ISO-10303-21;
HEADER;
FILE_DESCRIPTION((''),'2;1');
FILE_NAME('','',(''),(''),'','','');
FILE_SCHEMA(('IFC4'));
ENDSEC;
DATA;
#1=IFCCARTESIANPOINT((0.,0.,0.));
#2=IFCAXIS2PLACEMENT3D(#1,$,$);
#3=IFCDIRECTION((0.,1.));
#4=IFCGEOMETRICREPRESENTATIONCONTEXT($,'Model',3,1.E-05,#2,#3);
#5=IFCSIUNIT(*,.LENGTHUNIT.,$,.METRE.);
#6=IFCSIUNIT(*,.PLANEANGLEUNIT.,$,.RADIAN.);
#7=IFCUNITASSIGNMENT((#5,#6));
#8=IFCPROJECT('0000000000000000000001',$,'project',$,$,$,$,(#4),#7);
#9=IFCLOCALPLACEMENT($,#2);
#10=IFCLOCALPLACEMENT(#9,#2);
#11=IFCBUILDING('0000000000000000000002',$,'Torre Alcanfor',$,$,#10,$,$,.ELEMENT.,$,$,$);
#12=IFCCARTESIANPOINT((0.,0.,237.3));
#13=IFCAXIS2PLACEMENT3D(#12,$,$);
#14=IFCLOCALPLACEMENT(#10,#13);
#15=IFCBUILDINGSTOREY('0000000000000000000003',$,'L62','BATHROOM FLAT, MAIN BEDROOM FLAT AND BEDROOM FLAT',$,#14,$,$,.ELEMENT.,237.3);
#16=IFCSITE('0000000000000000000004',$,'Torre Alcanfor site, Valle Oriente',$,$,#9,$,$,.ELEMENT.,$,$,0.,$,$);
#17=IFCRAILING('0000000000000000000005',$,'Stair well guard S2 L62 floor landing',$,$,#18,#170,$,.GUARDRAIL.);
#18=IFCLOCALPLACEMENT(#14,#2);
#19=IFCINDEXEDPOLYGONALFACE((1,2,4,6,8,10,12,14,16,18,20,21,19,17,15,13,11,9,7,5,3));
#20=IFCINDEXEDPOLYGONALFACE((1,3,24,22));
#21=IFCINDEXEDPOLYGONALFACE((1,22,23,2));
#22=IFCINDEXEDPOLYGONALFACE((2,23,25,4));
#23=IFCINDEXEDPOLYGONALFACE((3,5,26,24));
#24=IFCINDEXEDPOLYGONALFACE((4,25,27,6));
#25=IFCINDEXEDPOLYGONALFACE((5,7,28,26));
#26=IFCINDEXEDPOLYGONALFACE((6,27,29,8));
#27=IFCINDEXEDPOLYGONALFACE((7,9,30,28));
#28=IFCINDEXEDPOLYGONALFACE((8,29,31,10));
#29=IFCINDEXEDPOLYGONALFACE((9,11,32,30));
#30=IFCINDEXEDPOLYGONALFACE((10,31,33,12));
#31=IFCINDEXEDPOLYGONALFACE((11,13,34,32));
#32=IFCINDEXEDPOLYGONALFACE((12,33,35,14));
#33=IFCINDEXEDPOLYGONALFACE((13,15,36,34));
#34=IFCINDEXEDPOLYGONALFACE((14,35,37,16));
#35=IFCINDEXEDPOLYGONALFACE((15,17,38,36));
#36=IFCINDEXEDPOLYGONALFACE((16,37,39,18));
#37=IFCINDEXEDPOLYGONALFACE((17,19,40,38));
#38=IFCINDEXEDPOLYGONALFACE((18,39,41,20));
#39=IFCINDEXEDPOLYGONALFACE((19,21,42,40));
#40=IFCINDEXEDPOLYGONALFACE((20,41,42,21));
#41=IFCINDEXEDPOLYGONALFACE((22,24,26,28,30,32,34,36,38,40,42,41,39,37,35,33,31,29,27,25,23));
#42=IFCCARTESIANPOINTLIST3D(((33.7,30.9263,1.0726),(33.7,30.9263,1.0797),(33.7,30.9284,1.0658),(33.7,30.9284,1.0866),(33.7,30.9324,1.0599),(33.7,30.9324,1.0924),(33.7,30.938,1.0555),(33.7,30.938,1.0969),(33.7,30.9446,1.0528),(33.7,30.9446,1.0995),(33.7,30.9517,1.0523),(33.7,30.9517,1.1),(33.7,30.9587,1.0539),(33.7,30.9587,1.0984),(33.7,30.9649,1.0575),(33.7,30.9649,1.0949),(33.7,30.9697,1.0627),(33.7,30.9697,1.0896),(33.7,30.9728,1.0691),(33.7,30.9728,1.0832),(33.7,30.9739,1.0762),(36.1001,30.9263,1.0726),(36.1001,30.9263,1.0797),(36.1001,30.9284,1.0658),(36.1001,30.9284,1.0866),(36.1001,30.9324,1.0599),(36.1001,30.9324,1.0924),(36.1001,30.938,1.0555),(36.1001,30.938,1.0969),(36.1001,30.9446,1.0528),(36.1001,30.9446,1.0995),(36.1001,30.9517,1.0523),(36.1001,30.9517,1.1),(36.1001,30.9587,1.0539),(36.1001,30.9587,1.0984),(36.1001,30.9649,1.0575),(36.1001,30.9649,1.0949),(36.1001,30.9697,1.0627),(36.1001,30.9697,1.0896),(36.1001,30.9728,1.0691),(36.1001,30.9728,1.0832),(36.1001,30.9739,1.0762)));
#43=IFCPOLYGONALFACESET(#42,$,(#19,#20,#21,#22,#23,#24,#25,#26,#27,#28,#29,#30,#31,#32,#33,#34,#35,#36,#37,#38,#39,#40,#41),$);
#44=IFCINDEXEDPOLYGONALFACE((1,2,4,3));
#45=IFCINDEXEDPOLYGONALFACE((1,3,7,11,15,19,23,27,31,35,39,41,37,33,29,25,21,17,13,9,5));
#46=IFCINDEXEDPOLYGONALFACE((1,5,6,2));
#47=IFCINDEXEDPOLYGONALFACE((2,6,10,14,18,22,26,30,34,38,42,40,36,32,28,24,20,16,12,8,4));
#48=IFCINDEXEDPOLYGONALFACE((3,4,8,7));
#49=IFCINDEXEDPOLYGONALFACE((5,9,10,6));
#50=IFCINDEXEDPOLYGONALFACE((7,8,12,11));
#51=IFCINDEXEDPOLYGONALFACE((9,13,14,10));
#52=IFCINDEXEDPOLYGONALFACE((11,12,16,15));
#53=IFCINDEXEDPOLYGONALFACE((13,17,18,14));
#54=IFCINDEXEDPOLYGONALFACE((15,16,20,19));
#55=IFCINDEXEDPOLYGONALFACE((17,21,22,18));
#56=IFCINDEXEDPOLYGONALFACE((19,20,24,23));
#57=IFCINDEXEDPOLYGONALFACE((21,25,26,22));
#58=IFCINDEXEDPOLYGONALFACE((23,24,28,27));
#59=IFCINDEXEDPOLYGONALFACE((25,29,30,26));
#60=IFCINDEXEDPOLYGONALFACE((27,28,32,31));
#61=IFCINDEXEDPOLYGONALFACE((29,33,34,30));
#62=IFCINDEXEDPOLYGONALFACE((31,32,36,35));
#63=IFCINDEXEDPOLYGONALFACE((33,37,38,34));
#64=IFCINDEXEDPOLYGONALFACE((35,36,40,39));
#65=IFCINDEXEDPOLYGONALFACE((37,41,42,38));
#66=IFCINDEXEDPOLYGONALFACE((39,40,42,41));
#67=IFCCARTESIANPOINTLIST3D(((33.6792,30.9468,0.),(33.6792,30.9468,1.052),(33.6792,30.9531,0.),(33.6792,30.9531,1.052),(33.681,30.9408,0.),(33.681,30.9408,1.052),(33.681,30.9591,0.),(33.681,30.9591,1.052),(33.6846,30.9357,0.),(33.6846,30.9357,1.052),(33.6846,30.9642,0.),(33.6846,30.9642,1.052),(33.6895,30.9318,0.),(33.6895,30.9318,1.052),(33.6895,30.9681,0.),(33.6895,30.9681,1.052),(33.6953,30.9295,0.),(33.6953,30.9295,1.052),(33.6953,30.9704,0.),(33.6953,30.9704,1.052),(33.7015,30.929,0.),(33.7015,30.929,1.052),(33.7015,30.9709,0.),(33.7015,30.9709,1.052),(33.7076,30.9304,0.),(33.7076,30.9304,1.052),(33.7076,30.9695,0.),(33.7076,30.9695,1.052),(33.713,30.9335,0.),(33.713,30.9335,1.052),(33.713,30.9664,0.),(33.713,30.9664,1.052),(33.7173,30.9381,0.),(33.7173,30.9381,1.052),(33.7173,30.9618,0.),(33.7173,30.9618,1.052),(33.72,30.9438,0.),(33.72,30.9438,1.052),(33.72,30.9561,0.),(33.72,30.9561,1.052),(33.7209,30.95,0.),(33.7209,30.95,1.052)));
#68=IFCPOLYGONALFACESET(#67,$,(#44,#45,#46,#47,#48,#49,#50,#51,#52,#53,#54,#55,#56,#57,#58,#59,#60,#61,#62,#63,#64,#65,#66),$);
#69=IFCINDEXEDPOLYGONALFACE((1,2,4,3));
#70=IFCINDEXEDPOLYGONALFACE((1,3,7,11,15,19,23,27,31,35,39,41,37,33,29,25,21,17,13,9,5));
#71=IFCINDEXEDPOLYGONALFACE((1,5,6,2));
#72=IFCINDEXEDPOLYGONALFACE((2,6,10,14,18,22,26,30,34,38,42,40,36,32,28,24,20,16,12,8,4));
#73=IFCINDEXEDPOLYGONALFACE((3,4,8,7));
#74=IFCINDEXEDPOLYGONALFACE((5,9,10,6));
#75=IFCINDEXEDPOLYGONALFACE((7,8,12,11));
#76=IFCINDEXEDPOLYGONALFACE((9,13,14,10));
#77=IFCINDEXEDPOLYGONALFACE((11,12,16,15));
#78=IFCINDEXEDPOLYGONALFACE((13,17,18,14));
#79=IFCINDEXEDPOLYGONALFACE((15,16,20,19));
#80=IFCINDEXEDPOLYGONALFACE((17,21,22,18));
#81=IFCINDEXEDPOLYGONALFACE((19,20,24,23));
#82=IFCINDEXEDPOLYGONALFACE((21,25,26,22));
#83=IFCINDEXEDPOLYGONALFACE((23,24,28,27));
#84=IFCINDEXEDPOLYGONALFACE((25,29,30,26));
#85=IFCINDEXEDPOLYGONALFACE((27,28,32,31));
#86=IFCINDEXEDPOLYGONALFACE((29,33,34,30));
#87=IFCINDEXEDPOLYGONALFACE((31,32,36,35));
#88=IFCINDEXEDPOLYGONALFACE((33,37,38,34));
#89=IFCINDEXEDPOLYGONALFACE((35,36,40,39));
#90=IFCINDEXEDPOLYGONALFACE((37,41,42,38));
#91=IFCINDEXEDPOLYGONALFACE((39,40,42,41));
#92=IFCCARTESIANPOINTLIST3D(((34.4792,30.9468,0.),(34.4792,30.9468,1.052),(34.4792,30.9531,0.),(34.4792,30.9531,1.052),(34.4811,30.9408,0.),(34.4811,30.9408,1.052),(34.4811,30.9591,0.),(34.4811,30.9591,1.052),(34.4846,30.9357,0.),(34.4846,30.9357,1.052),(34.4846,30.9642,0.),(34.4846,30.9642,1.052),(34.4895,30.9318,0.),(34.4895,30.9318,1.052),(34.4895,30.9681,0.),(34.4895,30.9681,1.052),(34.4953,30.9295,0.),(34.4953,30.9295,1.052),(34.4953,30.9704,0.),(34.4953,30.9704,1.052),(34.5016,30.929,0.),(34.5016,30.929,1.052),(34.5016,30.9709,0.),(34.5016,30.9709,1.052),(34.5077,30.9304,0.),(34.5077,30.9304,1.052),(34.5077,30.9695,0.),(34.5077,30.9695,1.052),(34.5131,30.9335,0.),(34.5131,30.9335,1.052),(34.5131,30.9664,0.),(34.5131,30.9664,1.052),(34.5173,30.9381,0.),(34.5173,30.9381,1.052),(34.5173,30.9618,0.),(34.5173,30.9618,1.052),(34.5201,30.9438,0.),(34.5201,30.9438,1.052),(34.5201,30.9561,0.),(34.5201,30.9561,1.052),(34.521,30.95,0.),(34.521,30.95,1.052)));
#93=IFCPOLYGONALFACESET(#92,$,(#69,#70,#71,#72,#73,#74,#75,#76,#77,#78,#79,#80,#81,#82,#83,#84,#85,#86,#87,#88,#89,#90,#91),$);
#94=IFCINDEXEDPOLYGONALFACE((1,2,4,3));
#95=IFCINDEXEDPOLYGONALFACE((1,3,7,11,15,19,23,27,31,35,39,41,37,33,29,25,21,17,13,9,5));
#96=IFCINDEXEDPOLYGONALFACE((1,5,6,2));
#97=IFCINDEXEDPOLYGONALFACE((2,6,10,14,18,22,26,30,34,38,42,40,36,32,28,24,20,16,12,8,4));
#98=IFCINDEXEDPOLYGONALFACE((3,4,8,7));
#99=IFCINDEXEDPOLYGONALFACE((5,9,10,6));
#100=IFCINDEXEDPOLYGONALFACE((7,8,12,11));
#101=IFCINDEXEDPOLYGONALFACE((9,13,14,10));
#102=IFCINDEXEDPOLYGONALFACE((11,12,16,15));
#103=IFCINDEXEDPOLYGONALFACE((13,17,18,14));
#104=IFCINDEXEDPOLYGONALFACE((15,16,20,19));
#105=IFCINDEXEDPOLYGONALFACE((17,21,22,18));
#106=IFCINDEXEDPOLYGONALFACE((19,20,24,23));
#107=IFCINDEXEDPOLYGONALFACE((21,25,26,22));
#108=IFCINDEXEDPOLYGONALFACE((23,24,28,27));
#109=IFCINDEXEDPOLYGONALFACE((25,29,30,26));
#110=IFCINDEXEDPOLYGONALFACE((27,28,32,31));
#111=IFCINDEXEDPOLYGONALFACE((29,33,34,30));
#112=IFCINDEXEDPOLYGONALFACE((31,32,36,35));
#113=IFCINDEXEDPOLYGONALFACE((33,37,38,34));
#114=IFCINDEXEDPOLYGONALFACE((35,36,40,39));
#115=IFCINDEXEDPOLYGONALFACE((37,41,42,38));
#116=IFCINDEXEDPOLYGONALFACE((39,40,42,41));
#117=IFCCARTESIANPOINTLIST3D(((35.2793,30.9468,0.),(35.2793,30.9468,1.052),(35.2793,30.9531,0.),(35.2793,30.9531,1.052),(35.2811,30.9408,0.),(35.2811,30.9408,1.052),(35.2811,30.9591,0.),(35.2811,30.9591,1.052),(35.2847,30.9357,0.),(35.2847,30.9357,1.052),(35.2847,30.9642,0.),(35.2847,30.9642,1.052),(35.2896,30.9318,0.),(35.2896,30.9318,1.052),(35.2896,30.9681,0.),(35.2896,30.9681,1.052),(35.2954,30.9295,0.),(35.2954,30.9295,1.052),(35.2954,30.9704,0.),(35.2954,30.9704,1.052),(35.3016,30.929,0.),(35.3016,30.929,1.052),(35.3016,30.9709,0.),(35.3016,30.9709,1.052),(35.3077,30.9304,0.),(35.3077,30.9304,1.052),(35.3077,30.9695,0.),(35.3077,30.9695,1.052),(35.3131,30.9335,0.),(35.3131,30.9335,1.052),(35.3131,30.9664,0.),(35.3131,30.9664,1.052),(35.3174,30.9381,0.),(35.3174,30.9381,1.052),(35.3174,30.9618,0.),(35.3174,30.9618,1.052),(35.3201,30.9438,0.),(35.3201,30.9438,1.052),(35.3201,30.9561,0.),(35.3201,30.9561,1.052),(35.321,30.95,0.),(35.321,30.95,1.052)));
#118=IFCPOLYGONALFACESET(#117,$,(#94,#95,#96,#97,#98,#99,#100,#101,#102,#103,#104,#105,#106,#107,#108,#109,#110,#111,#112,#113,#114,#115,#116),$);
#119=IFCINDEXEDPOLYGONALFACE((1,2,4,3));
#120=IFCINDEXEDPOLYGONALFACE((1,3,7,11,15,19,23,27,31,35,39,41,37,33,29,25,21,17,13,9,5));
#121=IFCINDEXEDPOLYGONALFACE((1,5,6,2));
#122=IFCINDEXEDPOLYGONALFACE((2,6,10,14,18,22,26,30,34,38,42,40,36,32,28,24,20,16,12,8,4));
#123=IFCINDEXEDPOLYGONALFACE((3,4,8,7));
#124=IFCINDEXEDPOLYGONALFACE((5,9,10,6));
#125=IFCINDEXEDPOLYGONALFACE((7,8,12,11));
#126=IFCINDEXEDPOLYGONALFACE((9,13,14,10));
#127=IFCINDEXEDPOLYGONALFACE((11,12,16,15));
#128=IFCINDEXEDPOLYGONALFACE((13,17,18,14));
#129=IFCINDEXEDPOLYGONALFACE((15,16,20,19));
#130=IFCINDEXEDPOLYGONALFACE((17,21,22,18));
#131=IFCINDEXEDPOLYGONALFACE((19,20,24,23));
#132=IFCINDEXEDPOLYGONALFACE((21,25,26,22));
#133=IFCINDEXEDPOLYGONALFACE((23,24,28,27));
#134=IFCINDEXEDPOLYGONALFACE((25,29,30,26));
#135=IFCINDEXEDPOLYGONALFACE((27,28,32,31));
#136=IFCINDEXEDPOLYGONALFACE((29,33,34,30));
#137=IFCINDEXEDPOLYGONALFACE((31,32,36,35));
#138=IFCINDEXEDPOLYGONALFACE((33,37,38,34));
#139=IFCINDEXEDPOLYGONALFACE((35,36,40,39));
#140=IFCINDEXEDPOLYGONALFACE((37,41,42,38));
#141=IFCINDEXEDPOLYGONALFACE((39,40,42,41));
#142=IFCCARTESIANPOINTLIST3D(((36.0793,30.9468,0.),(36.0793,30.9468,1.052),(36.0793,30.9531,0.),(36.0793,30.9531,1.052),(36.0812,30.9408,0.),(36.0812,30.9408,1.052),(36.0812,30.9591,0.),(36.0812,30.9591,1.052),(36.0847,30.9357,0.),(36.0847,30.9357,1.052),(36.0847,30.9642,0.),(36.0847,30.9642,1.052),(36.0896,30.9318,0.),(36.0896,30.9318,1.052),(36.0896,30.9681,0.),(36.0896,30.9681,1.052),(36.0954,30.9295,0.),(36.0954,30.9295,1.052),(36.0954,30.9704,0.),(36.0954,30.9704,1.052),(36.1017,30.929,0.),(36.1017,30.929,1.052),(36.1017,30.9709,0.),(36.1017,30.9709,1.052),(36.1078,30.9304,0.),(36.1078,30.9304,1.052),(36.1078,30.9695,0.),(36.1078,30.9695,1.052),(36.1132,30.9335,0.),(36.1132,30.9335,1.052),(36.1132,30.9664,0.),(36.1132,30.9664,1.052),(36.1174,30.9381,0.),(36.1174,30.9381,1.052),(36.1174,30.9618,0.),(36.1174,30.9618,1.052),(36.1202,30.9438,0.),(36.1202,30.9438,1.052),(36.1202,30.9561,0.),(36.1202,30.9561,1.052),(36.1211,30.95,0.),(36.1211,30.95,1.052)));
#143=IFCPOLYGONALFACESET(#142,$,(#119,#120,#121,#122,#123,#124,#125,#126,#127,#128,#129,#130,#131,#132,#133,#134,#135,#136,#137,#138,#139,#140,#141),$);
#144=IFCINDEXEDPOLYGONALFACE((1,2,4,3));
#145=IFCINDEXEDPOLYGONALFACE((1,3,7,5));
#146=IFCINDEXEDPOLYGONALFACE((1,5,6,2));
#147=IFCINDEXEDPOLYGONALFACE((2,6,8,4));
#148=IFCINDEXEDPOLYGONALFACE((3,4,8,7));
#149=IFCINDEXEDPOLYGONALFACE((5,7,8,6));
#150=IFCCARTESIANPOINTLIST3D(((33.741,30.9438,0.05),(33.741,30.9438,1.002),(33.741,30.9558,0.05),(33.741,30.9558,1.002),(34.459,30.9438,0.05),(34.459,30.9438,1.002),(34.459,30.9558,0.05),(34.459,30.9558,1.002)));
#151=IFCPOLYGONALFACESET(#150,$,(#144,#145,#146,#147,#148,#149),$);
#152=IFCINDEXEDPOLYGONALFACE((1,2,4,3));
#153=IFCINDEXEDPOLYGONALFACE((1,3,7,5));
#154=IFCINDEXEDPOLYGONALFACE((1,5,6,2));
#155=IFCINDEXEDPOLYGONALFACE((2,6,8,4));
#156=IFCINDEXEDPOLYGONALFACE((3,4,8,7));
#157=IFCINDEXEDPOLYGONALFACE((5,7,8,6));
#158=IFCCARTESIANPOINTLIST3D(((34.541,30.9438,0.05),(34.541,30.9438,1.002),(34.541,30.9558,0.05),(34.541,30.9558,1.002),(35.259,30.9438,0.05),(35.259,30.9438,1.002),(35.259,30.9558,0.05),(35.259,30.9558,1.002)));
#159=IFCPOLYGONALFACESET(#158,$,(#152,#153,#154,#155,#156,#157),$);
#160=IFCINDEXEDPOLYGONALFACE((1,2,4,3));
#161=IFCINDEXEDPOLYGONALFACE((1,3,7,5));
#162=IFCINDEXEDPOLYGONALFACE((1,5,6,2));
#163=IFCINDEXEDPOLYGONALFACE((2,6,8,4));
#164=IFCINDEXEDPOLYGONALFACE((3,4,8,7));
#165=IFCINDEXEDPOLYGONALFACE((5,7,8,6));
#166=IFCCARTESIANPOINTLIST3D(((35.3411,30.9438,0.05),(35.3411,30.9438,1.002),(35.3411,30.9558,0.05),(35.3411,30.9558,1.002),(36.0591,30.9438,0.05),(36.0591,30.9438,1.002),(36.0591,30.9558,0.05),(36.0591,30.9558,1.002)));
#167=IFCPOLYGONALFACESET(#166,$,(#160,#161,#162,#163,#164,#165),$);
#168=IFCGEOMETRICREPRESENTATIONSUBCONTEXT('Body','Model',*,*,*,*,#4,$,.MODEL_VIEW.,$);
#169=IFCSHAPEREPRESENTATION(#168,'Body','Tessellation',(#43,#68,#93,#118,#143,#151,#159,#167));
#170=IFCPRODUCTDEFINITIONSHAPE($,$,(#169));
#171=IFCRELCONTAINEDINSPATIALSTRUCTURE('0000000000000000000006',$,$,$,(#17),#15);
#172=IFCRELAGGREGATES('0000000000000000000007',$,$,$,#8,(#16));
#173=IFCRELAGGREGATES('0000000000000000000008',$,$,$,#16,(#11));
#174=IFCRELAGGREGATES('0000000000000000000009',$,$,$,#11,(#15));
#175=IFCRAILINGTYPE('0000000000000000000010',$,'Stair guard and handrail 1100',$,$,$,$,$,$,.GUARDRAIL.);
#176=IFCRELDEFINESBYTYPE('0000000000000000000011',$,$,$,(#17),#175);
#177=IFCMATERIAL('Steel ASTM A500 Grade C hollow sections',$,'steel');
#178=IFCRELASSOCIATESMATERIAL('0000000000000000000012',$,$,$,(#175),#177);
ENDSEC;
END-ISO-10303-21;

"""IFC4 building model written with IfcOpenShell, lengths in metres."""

from ifc_helpers import new_model, si_unit, direction, frame, origin, origin_2d, place, context, subcontext, project, spatial, polyline, circle, outline, extrude, material, type_object, element, save


model = new_model("IFC4")

# Units and contexts
model_context = context("Model", 3, precision=1e-05, world=origin(), true_north=direction((0.0, 1.0)))
body_context = subcontext(model_context, "Body", "Model", "MODEL_VIEW")
ifc_project = project(units=[si_unit("LENGTHUNIT", "METRE"), si_unit("PLANEANGLEUNIT", "RADIAN")], contexts=[model_context])

# Site, building, storey
site_placement = place(None, origin())
site = spatial("IfcSite", under=ifc_project, at=site_placement, Name="Torre Alcanfor site, Valle Oriente", CompositionType="ELEMENT", RefElevation=0.0)
building_placement = place(site_placement, origin())
building = spatial("IfcBuilding", under=site, at=building_placement, Name="Torre Alcanfor", CompositionType="ELEMENT")
storey_placement = place(building_placement, frame((0.0, 0.0, 237.3)))
storey = spatial("IfcBuildingStorey", under=building, at=storey_placement, Name="L62", Description="BATHROOM FLAT, MAIN BEDROOM FLAT AND BEDROOM FLAT", CompositionType="ELEMENT", Elevation=237.3)

# Railing
ifc_material_1 = material(Name="Steel ASTM A500 Grade C hollow sections", Category="steel")
railing_type_1 = type_object("IfcRailingType", Name="Stair guard and handrail 1100", PredefinedType="GUARDRAIL", material=ifc_material_1)
for number, where, name in (
    (1, (33.7, 30.95, 0.0), "Stair well guard S2 L62 floor landing"),
):
    element("IfcRailing", number, at=place(storey_placement, frame(where)), inside=storey, type_object=railing_type_1, Name=name, PredefinedType="GUARDRAIL", context=body_context, shape_type="SweptSolid", body=[
        extrude(circle(Radius=0.0239, at=origin_2d()), frame((0.0, 0.0, 1.0762), z_axis=(1.0, 0.0, 0.0), x_axis=(0.0, 1.0, 0.0)), (0.0, 0.0, 1.0), 2.4001),
        extrude(circle(Radius=0.021, at=origin_2d()), origin(), (0.0, 0.0, 1.0), 1.052),
        extrude(circle(Radius=0.021, at=origin_2d()), frame((0.8, 0.0, 0.0)), (0.0, 0.0, 1.0), 1.052),
        extrude(circle(Radius=0.021, at=origin_2d()), frame((1.6001, 0.0, 0.0)), (0.0, 0.0, 1.0), 1.052),
        extrude(circle(Radius=0.021, at=origin_2d()), frame((2.4001, 0.0, 0.0)), (0.0, 0.0, 1.0), 1.052),
        extrude(outline(polyline([(0.041, 0.05), (0.759, 0.05), (0.759, 1.002), (0.041, 1.002), (0.041, 0.05)])), frame((0.0, 0.0059, 0.0), z_axis=(0.0, -1.0, 0.0), x_axis=(1.0, 0.0, 0.0)), (0.0, 0.0, 1.0), 0.012),
        extrude(outline(polyline([(0.8411, 0.05), (1.5591, 0.05), (1.5591, 1.002), (0.8411, 1.002), (0.8411, 0.05)])), frame((0.0, 0.0059, 0.0), z_axis=(0.0, -1.0, 0.0), x_axis=(1.0, 0.0, 0.0)), (0.0, 0.0, 1.0), 0.012),
        extrude(outline(polyline([(1.6411, 0.05), (2.3591, 0.05), (2.3591, 1.002), (1.6411, 1.002), (1.6411, 0.05)])), frame((0.0, 0.0059, 0.0), z_axis=(0.0, -1.0, 0.0), x_axis=(1.0, 0.0, 0.0)), (0.0, 0.0, 1.0), 0.012),
    ])

save(model, "model.ifc")
